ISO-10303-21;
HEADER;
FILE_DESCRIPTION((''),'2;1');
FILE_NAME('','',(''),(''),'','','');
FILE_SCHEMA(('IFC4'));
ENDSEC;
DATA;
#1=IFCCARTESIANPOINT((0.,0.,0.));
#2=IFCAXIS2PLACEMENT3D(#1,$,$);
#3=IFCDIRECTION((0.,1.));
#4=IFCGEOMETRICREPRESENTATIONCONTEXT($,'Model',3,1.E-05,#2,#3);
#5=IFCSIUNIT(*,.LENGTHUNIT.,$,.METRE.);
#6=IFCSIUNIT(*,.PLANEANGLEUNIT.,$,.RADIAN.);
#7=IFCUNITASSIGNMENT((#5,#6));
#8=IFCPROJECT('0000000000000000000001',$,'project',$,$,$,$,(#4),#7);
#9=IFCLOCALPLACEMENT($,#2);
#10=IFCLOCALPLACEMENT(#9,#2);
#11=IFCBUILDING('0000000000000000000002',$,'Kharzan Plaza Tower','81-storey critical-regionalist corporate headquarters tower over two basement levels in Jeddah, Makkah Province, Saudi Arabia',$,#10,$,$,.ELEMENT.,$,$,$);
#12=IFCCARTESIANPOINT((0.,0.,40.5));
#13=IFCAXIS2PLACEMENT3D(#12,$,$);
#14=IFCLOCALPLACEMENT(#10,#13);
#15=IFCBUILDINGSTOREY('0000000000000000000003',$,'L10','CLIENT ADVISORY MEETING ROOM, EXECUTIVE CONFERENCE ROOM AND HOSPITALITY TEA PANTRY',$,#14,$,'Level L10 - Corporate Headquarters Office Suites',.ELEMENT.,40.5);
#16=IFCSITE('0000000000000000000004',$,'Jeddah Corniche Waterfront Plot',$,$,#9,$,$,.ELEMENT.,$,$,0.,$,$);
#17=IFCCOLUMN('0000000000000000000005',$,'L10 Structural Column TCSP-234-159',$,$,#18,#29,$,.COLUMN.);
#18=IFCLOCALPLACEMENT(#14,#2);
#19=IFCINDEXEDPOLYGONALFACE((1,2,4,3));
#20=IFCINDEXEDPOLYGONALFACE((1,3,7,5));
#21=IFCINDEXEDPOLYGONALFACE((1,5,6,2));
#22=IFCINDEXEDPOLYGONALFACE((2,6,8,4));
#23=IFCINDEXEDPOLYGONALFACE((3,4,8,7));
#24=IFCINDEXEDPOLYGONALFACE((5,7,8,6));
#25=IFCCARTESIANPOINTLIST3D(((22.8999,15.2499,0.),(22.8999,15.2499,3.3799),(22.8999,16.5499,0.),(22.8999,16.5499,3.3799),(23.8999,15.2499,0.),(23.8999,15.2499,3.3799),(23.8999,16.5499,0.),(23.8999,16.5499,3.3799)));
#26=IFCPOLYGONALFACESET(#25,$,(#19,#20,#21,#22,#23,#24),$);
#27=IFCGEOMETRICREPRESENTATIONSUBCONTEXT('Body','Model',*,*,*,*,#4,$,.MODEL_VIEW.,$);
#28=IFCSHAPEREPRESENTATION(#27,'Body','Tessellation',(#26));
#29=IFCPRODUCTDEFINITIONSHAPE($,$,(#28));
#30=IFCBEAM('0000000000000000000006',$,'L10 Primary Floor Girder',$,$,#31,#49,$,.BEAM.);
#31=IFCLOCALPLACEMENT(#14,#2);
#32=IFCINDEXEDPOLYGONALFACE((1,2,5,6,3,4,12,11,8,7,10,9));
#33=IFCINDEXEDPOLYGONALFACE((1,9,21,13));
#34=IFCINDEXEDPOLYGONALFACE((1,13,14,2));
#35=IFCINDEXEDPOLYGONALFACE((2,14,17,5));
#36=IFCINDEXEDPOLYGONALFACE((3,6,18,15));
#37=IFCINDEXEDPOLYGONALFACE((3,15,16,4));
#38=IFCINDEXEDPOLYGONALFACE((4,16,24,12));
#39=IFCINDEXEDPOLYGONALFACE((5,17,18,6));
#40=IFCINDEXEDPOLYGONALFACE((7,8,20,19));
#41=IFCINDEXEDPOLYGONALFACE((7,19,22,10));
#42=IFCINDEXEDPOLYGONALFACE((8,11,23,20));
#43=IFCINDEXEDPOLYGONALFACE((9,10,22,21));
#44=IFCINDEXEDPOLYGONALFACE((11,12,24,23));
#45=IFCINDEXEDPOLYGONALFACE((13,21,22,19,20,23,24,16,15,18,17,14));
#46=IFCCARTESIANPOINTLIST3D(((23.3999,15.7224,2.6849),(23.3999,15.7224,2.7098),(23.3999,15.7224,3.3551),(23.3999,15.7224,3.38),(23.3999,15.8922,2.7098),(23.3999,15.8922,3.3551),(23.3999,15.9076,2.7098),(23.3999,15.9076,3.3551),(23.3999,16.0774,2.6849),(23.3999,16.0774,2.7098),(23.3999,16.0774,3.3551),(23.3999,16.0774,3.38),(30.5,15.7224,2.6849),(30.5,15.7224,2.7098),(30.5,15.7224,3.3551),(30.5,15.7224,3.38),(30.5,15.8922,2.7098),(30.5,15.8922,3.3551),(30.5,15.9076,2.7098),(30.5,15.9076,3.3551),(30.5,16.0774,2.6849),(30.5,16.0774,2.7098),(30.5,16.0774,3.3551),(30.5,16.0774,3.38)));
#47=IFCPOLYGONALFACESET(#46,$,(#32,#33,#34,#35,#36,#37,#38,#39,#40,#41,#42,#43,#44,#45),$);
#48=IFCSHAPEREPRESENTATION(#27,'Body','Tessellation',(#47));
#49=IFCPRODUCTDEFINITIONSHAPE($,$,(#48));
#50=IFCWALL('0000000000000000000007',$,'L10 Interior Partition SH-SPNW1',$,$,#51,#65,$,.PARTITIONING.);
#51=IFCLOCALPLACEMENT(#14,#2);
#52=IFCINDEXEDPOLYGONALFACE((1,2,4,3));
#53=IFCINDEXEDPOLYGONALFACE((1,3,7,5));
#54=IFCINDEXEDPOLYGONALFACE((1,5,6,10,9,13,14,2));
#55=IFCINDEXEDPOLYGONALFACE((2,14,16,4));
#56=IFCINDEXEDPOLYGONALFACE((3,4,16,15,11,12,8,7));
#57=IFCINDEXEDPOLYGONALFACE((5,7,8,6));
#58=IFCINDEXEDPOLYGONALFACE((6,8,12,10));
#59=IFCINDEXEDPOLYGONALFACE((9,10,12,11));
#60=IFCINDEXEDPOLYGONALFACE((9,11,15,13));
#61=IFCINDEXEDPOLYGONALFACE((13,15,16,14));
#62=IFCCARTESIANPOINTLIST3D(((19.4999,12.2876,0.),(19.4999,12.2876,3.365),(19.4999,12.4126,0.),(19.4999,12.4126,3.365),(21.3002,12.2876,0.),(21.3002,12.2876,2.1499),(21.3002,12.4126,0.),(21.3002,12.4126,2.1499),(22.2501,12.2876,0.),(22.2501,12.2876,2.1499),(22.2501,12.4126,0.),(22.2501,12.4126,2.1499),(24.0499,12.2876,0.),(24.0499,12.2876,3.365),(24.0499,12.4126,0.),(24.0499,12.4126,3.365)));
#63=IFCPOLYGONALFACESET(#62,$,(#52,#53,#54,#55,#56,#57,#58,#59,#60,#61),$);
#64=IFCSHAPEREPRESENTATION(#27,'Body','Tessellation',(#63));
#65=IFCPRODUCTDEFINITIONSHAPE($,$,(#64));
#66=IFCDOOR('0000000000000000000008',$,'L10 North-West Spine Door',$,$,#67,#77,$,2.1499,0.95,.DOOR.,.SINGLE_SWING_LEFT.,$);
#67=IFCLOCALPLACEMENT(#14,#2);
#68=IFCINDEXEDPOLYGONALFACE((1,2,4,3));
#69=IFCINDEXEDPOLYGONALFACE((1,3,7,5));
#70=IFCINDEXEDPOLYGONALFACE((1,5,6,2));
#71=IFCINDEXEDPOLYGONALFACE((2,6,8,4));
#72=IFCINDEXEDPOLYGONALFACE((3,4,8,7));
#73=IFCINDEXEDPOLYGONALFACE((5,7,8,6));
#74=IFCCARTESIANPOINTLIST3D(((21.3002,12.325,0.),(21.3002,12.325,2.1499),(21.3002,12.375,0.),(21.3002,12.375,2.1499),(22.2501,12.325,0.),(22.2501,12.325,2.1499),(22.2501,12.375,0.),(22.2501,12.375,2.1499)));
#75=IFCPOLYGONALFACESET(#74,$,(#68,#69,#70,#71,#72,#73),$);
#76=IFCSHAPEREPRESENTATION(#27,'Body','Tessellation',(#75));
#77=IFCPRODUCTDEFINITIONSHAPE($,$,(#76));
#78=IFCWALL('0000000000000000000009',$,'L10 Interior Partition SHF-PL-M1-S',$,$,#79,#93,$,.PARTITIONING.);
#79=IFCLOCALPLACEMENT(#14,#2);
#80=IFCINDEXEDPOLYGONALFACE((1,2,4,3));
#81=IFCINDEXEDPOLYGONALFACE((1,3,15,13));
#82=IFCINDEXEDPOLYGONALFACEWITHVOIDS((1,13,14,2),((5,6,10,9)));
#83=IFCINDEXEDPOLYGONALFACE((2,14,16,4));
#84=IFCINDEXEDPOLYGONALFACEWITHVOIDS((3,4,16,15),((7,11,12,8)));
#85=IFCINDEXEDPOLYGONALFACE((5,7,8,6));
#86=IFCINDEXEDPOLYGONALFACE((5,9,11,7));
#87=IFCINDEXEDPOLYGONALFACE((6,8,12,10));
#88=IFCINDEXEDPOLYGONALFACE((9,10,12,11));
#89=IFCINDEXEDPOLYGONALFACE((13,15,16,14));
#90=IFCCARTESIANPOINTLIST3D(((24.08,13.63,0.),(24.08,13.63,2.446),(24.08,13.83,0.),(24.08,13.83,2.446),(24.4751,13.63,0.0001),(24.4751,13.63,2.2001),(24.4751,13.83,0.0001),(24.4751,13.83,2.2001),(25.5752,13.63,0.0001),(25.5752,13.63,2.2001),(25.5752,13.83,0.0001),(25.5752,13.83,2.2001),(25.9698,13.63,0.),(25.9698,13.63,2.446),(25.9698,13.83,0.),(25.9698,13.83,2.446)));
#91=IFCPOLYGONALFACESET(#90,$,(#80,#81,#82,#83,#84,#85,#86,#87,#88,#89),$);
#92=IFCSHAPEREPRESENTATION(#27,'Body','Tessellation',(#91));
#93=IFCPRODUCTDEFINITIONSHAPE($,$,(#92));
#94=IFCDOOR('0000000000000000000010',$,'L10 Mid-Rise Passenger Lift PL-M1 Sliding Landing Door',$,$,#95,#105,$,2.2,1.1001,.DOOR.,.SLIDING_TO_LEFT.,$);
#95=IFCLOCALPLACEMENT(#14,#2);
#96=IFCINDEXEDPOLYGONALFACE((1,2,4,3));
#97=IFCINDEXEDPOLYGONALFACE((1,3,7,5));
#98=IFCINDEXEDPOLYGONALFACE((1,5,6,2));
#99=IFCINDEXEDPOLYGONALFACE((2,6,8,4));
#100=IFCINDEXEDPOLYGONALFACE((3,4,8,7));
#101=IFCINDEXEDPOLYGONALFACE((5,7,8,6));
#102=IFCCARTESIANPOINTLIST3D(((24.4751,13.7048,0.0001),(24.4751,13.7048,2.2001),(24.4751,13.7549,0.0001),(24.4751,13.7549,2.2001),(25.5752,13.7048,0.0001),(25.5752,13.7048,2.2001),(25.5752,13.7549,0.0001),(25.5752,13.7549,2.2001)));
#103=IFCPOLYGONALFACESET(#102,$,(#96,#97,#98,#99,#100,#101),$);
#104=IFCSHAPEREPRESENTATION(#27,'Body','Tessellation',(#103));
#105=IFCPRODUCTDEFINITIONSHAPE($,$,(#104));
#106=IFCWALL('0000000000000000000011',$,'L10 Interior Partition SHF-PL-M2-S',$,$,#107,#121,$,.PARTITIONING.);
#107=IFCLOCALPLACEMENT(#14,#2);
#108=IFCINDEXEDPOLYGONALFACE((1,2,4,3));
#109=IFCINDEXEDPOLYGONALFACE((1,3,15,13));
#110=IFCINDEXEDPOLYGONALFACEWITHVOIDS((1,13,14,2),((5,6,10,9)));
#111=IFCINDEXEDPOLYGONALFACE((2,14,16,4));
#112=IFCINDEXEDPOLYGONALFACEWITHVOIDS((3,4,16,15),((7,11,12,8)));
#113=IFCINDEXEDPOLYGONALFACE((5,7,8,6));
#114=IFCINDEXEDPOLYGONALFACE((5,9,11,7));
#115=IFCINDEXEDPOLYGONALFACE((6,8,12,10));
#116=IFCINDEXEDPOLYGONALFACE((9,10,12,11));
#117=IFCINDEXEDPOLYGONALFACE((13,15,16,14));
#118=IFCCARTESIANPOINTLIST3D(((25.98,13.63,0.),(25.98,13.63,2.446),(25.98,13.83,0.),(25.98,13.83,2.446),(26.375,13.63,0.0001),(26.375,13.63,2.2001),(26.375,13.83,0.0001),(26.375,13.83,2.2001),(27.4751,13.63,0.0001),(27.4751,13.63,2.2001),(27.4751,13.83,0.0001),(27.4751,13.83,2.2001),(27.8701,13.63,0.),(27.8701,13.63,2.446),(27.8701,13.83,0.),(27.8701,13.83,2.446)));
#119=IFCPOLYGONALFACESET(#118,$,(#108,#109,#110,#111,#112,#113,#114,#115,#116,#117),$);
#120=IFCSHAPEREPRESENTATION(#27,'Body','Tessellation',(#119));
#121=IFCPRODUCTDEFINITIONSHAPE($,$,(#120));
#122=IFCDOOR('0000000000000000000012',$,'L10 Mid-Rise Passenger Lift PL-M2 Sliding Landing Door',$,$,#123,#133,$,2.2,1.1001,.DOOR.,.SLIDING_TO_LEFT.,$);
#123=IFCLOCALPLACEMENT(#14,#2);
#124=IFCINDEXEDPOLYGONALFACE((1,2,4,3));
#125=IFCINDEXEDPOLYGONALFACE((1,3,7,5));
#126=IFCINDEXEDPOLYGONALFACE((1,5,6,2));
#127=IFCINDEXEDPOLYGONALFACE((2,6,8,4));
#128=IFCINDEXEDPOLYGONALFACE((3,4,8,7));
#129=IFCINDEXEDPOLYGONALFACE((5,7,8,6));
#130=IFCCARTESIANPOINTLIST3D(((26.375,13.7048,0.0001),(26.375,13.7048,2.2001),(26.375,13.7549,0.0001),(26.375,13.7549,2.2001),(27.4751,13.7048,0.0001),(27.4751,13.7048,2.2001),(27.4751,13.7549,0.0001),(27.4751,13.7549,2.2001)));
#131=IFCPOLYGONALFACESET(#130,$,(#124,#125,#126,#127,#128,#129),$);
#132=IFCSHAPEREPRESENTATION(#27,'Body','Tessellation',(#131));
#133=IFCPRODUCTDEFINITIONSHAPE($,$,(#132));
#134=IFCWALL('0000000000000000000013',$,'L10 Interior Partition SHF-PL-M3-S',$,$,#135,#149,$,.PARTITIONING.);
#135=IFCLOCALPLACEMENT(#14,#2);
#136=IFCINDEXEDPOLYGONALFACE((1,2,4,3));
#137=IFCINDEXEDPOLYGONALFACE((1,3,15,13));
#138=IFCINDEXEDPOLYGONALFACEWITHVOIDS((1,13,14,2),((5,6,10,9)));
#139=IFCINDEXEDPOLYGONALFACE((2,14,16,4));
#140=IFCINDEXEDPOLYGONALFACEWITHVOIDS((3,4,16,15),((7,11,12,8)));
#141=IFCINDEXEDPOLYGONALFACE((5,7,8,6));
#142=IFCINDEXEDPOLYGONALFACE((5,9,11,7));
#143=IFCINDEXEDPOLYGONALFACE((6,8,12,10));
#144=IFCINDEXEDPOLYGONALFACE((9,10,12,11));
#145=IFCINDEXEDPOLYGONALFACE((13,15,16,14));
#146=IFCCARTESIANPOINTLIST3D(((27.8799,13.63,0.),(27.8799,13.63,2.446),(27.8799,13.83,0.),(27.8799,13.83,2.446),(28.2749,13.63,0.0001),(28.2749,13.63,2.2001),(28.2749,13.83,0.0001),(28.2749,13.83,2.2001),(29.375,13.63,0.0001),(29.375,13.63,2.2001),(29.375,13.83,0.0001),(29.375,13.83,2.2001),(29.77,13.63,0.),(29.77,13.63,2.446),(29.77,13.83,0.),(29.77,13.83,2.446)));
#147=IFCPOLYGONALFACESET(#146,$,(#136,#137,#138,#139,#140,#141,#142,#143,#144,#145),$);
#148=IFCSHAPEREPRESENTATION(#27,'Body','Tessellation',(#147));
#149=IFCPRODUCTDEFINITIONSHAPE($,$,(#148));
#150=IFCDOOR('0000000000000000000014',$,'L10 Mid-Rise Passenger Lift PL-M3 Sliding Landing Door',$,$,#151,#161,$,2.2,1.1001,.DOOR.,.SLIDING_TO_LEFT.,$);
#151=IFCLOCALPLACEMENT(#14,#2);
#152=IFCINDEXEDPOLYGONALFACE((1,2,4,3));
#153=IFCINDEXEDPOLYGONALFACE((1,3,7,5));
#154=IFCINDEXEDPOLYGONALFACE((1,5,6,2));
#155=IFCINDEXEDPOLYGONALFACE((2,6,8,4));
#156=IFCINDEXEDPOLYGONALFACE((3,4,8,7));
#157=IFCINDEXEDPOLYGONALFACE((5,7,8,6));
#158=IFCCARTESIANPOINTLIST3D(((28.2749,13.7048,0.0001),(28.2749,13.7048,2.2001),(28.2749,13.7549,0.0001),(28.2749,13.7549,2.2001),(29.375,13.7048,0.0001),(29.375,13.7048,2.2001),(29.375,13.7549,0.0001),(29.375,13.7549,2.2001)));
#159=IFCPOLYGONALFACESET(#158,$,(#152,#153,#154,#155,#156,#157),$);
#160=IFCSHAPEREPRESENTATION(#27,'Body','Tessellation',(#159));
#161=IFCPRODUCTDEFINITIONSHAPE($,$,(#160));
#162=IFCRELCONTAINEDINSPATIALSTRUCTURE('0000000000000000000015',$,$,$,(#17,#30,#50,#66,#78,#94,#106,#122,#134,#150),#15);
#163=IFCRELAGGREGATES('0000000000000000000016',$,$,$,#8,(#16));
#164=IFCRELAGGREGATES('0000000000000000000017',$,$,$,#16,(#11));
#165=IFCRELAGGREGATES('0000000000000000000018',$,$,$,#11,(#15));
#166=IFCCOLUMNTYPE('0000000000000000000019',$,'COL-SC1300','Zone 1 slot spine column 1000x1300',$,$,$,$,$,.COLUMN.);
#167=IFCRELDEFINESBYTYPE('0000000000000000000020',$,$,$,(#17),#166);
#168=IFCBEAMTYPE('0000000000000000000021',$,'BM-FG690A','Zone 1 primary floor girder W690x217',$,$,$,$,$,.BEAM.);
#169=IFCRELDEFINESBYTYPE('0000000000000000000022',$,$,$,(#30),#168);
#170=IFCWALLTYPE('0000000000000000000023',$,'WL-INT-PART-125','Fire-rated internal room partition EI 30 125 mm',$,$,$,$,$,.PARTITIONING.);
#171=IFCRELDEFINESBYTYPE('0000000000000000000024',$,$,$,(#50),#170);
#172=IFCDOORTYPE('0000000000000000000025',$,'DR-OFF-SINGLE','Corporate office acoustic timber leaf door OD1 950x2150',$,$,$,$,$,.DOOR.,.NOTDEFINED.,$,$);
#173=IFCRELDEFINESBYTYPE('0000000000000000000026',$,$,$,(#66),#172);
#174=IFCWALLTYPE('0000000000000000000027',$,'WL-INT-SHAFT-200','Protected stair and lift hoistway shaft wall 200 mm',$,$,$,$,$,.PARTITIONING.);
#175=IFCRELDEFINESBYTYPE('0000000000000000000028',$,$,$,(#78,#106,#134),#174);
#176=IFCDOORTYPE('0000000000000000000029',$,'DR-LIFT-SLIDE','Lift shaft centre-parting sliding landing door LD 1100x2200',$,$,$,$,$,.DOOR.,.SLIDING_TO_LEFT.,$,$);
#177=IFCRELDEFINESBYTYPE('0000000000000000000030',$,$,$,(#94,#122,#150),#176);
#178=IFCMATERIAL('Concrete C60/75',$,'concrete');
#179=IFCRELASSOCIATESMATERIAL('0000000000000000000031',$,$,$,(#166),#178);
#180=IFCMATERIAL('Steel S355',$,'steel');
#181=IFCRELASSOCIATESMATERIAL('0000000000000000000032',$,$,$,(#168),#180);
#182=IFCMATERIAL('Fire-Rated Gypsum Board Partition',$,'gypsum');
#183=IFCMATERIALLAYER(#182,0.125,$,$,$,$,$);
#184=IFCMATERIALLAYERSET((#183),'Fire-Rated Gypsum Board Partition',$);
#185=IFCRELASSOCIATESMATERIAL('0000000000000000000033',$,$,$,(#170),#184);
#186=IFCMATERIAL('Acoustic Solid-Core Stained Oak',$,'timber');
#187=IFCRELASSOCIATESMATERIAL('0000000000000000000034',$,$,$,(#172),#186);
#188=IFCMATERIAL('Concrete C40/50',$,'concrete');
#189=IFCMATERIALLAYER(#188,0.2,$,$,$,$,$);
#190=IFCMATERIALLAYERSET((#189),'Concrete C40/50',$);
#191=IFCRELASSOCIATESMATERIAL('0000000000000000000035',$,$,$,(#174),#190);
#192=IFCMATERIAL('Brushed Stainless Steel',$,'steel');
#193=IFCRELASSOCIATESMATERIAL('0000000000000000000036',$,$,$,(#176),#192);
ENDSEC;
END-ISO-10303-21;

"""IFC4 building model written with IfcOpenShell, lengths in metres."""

from ifc_helpers import new_model, si_unit, direction, frame, frame_2d, origin, origin_2d, place, context, subcontext, project, spatial, rectangle, i_section, extrude, source, transform, mapped, material, layer, layer_set, material_profile, profile_set, type_object, element, fill, save


model = new_model("IFC4")

# Units and contexts
model_context = context("Model", 3, precision=1e-05, world=origin(), true_north=direction((0.0, 1.0)))
body_context = subcontext(model_context, "Body", "Model", "MODEL_VIEW")
ifc_project = project(units=[si_unit("LENGTHUNIT", "METRE"), si_unit("PLANEANGLEUNIT", "RADIAN")], contexts=[model_context])

# Site, building, storey
site_placement = place(None, origin())
site = spatial("IfcSite", under=ifc_project, at=site_placement, Name="Jeddah Corniche Waterfront Plot", CompositionType="ELEMENT", RefElevation=0.0)
building_placement = place(site_placement, origin())
building = spatial("IfcBuilding", under=site, at=building_placement, Name="Kharzan Plaza Tower", Description="81-storey critical-regionalist corporate headquarters tower over two basement levels in Jeddah, Makkah Province, Saudi Arabia", CompositionType="ELEMENT")
storey_placement = place(building_placement, frame((0.0, 0.0, 40.5)))
storey = spatial("IfcBuildingStorey", under=building, at=storey_placement, Name="L10", Description="CLIENT ADVISORY MEETING ROOM, EXECUTIVE CONFERENCE ROOM AND HOSPITALITY TEA PANTRY", LongName="Level L10 - Corporate Headquarters Office Suites", CompositionType="ELEMENT", Elevation=40.5)

# Column
ifc_material_1 = material(Name="Concrete C60/75", Category="concrete")
ifc_material_profile_1 = material_profile(ifc_material_1, rectangle(XDim=1.0, YDim=1.3, at=origin_2d()), Name="RC-SC1300x1000")
ifc_profile_set_1 = profile_set([ifc_material_profile_1], Name="Concrete C60/75")
column_type = type_object("IfcColumnType", Name="COL-SC1300", Description="Zone 1 slot spine column 1000x1300", PredefinedType="COLUMN", material=ifc_profile_set_1)
shared_shape_1 = source(origin(), body_context, "Body", "SweptSolid", [
    extrude(rectangle(XDim=1.0, YDim=1.3, at=origin_2d()), origin(), (0.0, 0.0, 1.0), 3.3799),
])
column_placement = place(storey_placement, frame((23.3999, 15.8999, 0.0), z_axis=(0.0, 0.0, 1.0), x_axis=(1.0, 0.0, 0.0)))
element("IfcColumn", 1, at=column_placement, inside=storey, type_object=column_type, Name="L10 Structural Column TCSP-234-159", PredefinedType="COLUMN", context=body_context, shape_type="MappedRepresentation", body=[
    mapped(shared_shape_1, transform((0.0, 0.0, 0.0), x_axis=(1.0, 0.0, 0.0), y_axis=(0.0, 1.0, 0.0), z_axis=(0.0, 0.0, 1.0))),
])

# Beam
ifc_material_2 = material(Name="Steel S355", Category="steel")
ifc_material_profile_2 = material_profile(ifc_material_2, i_section(OverallWidth=0.355, OverallDepth=0.6951, WebThickness=0.0154, FlangeThickness=0.0249, at=origin_2d()), Name="W690x217")
ifc_profile_set_2 = profile_set([ifc_material_profile_2], Name="Steel S355")
beam_type = type_object("IfcBeamType", Name="BM-FG690A", Description="Zone 1 primary floor girder W690x217", PredefinedType="BEAM", material=ifc_profile_set_2)
shared_shape_2 = source(origin(), body_context, "Body", "SweptSolid", [
    extrude(i_section(OverallWidth=0.355, OverallDepth=0.6951, WebThickness=0.0154, FlangeThickness=0.0249, at=origin_2d()), origin(), (0.0, 0.0, 1.0), 7.1001),
])
beam_placement = place(storey_placement, frame((23.3999, 15.8999, 3.0325), z_axis=(1.0, 0.0, 0.0), x_axis=(0.0, 1.0, 0.0)))
element("IfcBeam", 2, at=beam_placement, inside=storey, type_object=beam_type, Name="L10 Primary Floor Girder", PredefinedType="BEAM", context=body_context, shape_type="MappedRepresentation", body=[
    mapped(shared_shape_2, transform((0.0, 0.0, 0.0), x_axis=(1.0, 0.0, 0.0), y_axis=(0.0, 1.0, 0.0), z_axis=(0.0, 0.0, 1.0))),
])

# Walls, openings, doors
ifc_material_3 = material(Name="Fire-Rated Gypsum Board Partition", Category="gypsum")
ifc_layer_1 = layer(ifc_material_3, 0.125)
ifc_layer_set_1 = layer_set([ifc_layer_1], Name="Fire-Rated Gypsum Board Partition")
wall_type_1 = type_object("IfcWallType", Name="WL-INT-PART-125", Description="Fire-rated internal room partition EI 30 125 mm", PredefinedType="PARTITIONING", material=ifc_layer_set_1)
wall_1_placement = place(storey_placement, frame((19.5, 12.3501, 0.0), z_axis=(0.0, 0.0, 1.0), x_axis=(1.0, 0.0, 0.0)))
wall_1 = element("IfcWall", 3, at=wall_1_placement, inside=storey, type_object=wall_type_1, Name="L10 Interior Partition SH-SPNW1", PredefinedType="PARTITIONING", context=body_context, shape_type="SweptSolid", body=[
    extrude(rectangle(XDim=4.55, YDim=0.125, at=frame_2d((2.2749, 0.0))), origin(), (0.0, 0.0, 1.0), 3.365),
])
opening_1_placement = place(wall_1_placement, frame((1.8, 0.0, 0.0)))
opening_1 = element("IfcOpeningElement", 4, at=opening_1_placement, cuts=wall_1, PredefinedType="OPENING", context=body_context, shape_type="SweptSolid", body=[
    extrude(rectangle(XDim=0.95, YDim=2.1499, at=frame_2d((0.4751, 1.075))), frame((0.0, 0.0725, 0.0), z_axis=(0.0, -1.0, 0.0), x_axis=(1.0, 0.0, 0.0)), (0.0, 0.0, 1.0), 0.145),
])
ifc_material_4 = material(Name="Acoustic Solid-Core Stained Oak", Category="timber")
door_type_1 = type_object("IfcDoorType", Name="DR-OFF-SINGLE", Description="Corporate office acoustic timber leaf door OD1 950x2150", OperationType="NOTDEFINED", PredefinedType="DOOR", material=ifc_material_4)
shared_shape_3 = source(origin(), body_context, "Body", "SweptSolid", [
    extrude(rectangle(XDim=0.95, YDim=2.1499, at=frame_2d((0.4751, 1.075))), frame((0.0, 0.0249, 0.0), z_axis=(0.0, -1.0, 0.0), x_axis=(1.0, 0.0, 0.0)), (0.0, 0.0, 1.0), 0.05),
])
door_1_placement = place(opening_1_placement, origin())
door_1 = element("IfcDoor", 5, at=door_1_placement, inside=storey, type_object=door_type_1, Name="L10 North-West Spine Door", OperationType="SINGLE_SWING_LEFT", OverallHeight=2.1499, OverallWidth=0.95, PredefinedType="DOOR", context=body_context, shape_type="MappedRepresentation", body=[
    mapped(shared_shape_3, transform((0.0, 0.0, 0.0), x_axis=(1.0, 0.0, 0.0), y_axis=(0.0, 1.0, 0.0), z_axis=(0.0, 0.0, 1.0))),
])
fill(opening_1, door_1)
ifc_material_5 = material(Name="Concrete C40/50", Category="concrete")
ifc_layer_2 = layer(ifc_material_5, 0.2)
ifc_layer_set_2 = layer_set([ifc_layer_2], Name="Concrete C40/50")
wall_type_2 = type_object("IfcWallType", Name="WL-INT-SHAFT-200", Description="Protected stair and lift hoistway shaft wall 200 mm", PredefinedType="PARTITIONING", material=ifc_layer_set_2)
wall_2_placement = place(storey_placement, frame((24.0801, 13.73, 0.0), z_axis=(0.0, 0.0, 1.0), x_axis=(1.0, 0.0, 0.0)))
wall_2 = element("IfcWall", 6, at=wall_2_placement, inside=storey, type_object=wall_type_2, Name="L10 Interior Partition SHF-PL-M1-S", PredefinedType="PARTITIONING", context=body_context, shape_type="SweptSolid", body=[
    extrude(rectangle(XDim=1.8899, YDim=0.2, at=frame_2d((0.9448, 0.0))), origin(), (0.0, 0.0, 1.0), 2.446),
])
opening_2_placement = place(wall_2_placement, frame((0.395, 0.0, 0.0)))
opening_2 = element("IfcOpeningElement", 7, at=opening_2_placement, cuts=wall_2, PredefinedType="OPENING", context=body_context, shape_type="SweptSolid", body=[
    extrude(rectangle(XDim=1.1001, YDim=2.2, at=frame_2d((0.55, 1.1001))), frame((0.0, 0.1099, 0.0), z_axis=(0.0, -1.0, 0.0), x_axis=(1.0, 0.0, 0.0)), (0.0, 0.0, 1.0), 0.22),
])
ifc_material_6 = material(Name="Brushed Stainless Steel", Category="steel")
door_type_2 = type_object("IfcDoorType", Name="DR-LIFT-SLIDE", Description="Lift shaft centre-parting sliding landing door LD 1100x2200", OperationType="SLIDING_TO_LEFT", PredefinedType="DOOR", material=ifc_material_6)
shared_shape_4 = source(origin(), body_context, "Body", "SweptSolid", [
    extrude(rectangle(XDim=1.1001, YDim=2.2, at=frame_2d((0.55, 1.1001))), frame((0.0, 0.0249, 0.0), z_axis=(0.0, -1.0, 0.0), x_axis=(1.0, 0.0, 0.0)), (0.0, 0.0, 1.0), 0.05),
])
door_2_placement = place(opening_2_placement, origin())
door_2 = element("IfcDoor", 8, at=door_2_placement, inside=storey, type_object=door_type_2, Name="L10 Mid-Rise Passenger Lift PL-M1 Sliding Landing Door", OperationType="SLIDING_TO_LEFT", OverallHeight=2.2, OverallWidth=1.1001, PredefinedType="DOOR", context=body_context, shape_type="MappedRepresentation", body=[
    mapped(shared_shape_4, transform((0.0, 0.0, 0.0), x_axis=(1.0, 0.0, 0.0), y_axis=(0.0, 1.0, 0.0), z_axis=(0.0, 0.0, 1.0))),
])
fill(opening_2, door_2)
wall_3_placement = place(storey_placement, frame((25.98, 13.73, 0.0), z_axis=(0.0, 0.0, 1.0), x_axis=(1.0, 0.0, 0.0)))
wall_3 = element("IfcWall", 9, at=wall_3_placement, inside=storey, type_object=wall_type_2, Name="L10 Interior Partition SHF-PL-M2-S", PredefinedType="PARTITIONING", context=body_context, shape_type="SweptSolid", body=[
    extrude(rectangle(XDim=1.8901, YDim=0.2, at=frame_2d((0.9451, 0.0))), origin(), (0.0, 0.0, 1.0), 2.446),
])
opening_3_placement = place(wall_3_placement, frame((0.395, 0.0, 0.0)))
opening_3 = element("IfcOpeningElement", 10, at=opening_3_placement, cuts=wall_3, PredefinedType="OPENING", context=body_context, shape_type="SweptSolid", body=[
    extrude(rectangle(XDim=1.1001, YDim=2.2, at=frame_2d((0.55, 1.1001))), frame((0.0, 0.1099, 0.0), z_axis=(0.0, -1.0, 0.0), x_axis=(1.0, 0.0, 0.0)), (0.0, 0.0, 1.0), 0.22),
])
door_3_placement = place(opening_3_placement, origin())
door_3 = element("IfcDoor", 11, at=door_3_placement, inside=storey, type_object=door_type_2, Name="L10 Mid-Rise Passenger Lift PL-M2 Sliding Landing Door", OperationType="SLIDING_TO_LEFT", OverallHeight=2.2, OverallWidth=1.1001, PredefinedType="DOOR", context=body_context, shape_type="MappedRepresentation", body=[
    mapped(shared_shape_4, transform((0.0, 0.0, 0.0), x_axis=(1.0, 0.0, 0.0), y_axis=(0.0, 1.0, 0.0), z_axis=(0.0, 0.0, 1.0))),
])
fill(opening_3, door_3)
wall_4_placement = place(storey_placement, frame((27.8799, 13.73, 0.0), z_axis=(0.0, 0.0, 1.0), x_axis=(1.0, 0.0, 0.0)))
wall_4 = element("IfcWall", 12, at=wall_4_placement, inside=storey, type_object=wall_type_2, Name="L10 Interior Partition SHF-PL-M3-S", PredefinedType="PARTITIONING", context=body_context, shape_type="SweptSolid", body=[
    extrude(rectangle(XDim=1.8901, YDim=0.2, at=frame_2d((0.9451, 0.0))), origin(), (0.0, 0.0, 1.0), 2.446),
])
opening_4_placement = place(wall_4_placement, frame((0.395, 0.0, 0.0)))
opening_4 = element("IfcOpeningElement", 13, at=opening_4_placement, cuts=wall_4, PredefinedType="OPENING", context=body_context, shape_type="SweptSolid", body=[
    extrude(rectangle(XDim=1.1001, YDim=2.2, at=frame_2d((0.55, 1.1001))), frame((0.0, 0.1099, 0.0), z_axis=(0.0, -1.0, 0.0), x_axis=(1.0, 0.0, 0.0)), (0.0, 0.0, 1.0), 0.22),
])
door_4_placement = place(opening_4_placement, origin())
door_4 = element("IfcDoor", 14, at=door_4_placement, inside=storey, type_object=door_type_2, Name="L10 Mid-Rise Passenger Lift PL-M3 Sliding Landing Door", OperationType="SLIDING_TO_LEFT", OverallHeight=2.2, OverallWidth=1.1001, PredefinedType="DOOR", context=body_context, shape_type="MappedRepresentation", body=[
    mapped(shared_shape_4, transform((0.0, 0.0, 0.0), x_axis=(1.0, 0.0, 0.0), y_axis=(0.0, 1.0, 0.0), z_axis=(0.0, 0.0, 1.0))),
])
fill(opening_4, door_4)

save(model, "model.ifc")
